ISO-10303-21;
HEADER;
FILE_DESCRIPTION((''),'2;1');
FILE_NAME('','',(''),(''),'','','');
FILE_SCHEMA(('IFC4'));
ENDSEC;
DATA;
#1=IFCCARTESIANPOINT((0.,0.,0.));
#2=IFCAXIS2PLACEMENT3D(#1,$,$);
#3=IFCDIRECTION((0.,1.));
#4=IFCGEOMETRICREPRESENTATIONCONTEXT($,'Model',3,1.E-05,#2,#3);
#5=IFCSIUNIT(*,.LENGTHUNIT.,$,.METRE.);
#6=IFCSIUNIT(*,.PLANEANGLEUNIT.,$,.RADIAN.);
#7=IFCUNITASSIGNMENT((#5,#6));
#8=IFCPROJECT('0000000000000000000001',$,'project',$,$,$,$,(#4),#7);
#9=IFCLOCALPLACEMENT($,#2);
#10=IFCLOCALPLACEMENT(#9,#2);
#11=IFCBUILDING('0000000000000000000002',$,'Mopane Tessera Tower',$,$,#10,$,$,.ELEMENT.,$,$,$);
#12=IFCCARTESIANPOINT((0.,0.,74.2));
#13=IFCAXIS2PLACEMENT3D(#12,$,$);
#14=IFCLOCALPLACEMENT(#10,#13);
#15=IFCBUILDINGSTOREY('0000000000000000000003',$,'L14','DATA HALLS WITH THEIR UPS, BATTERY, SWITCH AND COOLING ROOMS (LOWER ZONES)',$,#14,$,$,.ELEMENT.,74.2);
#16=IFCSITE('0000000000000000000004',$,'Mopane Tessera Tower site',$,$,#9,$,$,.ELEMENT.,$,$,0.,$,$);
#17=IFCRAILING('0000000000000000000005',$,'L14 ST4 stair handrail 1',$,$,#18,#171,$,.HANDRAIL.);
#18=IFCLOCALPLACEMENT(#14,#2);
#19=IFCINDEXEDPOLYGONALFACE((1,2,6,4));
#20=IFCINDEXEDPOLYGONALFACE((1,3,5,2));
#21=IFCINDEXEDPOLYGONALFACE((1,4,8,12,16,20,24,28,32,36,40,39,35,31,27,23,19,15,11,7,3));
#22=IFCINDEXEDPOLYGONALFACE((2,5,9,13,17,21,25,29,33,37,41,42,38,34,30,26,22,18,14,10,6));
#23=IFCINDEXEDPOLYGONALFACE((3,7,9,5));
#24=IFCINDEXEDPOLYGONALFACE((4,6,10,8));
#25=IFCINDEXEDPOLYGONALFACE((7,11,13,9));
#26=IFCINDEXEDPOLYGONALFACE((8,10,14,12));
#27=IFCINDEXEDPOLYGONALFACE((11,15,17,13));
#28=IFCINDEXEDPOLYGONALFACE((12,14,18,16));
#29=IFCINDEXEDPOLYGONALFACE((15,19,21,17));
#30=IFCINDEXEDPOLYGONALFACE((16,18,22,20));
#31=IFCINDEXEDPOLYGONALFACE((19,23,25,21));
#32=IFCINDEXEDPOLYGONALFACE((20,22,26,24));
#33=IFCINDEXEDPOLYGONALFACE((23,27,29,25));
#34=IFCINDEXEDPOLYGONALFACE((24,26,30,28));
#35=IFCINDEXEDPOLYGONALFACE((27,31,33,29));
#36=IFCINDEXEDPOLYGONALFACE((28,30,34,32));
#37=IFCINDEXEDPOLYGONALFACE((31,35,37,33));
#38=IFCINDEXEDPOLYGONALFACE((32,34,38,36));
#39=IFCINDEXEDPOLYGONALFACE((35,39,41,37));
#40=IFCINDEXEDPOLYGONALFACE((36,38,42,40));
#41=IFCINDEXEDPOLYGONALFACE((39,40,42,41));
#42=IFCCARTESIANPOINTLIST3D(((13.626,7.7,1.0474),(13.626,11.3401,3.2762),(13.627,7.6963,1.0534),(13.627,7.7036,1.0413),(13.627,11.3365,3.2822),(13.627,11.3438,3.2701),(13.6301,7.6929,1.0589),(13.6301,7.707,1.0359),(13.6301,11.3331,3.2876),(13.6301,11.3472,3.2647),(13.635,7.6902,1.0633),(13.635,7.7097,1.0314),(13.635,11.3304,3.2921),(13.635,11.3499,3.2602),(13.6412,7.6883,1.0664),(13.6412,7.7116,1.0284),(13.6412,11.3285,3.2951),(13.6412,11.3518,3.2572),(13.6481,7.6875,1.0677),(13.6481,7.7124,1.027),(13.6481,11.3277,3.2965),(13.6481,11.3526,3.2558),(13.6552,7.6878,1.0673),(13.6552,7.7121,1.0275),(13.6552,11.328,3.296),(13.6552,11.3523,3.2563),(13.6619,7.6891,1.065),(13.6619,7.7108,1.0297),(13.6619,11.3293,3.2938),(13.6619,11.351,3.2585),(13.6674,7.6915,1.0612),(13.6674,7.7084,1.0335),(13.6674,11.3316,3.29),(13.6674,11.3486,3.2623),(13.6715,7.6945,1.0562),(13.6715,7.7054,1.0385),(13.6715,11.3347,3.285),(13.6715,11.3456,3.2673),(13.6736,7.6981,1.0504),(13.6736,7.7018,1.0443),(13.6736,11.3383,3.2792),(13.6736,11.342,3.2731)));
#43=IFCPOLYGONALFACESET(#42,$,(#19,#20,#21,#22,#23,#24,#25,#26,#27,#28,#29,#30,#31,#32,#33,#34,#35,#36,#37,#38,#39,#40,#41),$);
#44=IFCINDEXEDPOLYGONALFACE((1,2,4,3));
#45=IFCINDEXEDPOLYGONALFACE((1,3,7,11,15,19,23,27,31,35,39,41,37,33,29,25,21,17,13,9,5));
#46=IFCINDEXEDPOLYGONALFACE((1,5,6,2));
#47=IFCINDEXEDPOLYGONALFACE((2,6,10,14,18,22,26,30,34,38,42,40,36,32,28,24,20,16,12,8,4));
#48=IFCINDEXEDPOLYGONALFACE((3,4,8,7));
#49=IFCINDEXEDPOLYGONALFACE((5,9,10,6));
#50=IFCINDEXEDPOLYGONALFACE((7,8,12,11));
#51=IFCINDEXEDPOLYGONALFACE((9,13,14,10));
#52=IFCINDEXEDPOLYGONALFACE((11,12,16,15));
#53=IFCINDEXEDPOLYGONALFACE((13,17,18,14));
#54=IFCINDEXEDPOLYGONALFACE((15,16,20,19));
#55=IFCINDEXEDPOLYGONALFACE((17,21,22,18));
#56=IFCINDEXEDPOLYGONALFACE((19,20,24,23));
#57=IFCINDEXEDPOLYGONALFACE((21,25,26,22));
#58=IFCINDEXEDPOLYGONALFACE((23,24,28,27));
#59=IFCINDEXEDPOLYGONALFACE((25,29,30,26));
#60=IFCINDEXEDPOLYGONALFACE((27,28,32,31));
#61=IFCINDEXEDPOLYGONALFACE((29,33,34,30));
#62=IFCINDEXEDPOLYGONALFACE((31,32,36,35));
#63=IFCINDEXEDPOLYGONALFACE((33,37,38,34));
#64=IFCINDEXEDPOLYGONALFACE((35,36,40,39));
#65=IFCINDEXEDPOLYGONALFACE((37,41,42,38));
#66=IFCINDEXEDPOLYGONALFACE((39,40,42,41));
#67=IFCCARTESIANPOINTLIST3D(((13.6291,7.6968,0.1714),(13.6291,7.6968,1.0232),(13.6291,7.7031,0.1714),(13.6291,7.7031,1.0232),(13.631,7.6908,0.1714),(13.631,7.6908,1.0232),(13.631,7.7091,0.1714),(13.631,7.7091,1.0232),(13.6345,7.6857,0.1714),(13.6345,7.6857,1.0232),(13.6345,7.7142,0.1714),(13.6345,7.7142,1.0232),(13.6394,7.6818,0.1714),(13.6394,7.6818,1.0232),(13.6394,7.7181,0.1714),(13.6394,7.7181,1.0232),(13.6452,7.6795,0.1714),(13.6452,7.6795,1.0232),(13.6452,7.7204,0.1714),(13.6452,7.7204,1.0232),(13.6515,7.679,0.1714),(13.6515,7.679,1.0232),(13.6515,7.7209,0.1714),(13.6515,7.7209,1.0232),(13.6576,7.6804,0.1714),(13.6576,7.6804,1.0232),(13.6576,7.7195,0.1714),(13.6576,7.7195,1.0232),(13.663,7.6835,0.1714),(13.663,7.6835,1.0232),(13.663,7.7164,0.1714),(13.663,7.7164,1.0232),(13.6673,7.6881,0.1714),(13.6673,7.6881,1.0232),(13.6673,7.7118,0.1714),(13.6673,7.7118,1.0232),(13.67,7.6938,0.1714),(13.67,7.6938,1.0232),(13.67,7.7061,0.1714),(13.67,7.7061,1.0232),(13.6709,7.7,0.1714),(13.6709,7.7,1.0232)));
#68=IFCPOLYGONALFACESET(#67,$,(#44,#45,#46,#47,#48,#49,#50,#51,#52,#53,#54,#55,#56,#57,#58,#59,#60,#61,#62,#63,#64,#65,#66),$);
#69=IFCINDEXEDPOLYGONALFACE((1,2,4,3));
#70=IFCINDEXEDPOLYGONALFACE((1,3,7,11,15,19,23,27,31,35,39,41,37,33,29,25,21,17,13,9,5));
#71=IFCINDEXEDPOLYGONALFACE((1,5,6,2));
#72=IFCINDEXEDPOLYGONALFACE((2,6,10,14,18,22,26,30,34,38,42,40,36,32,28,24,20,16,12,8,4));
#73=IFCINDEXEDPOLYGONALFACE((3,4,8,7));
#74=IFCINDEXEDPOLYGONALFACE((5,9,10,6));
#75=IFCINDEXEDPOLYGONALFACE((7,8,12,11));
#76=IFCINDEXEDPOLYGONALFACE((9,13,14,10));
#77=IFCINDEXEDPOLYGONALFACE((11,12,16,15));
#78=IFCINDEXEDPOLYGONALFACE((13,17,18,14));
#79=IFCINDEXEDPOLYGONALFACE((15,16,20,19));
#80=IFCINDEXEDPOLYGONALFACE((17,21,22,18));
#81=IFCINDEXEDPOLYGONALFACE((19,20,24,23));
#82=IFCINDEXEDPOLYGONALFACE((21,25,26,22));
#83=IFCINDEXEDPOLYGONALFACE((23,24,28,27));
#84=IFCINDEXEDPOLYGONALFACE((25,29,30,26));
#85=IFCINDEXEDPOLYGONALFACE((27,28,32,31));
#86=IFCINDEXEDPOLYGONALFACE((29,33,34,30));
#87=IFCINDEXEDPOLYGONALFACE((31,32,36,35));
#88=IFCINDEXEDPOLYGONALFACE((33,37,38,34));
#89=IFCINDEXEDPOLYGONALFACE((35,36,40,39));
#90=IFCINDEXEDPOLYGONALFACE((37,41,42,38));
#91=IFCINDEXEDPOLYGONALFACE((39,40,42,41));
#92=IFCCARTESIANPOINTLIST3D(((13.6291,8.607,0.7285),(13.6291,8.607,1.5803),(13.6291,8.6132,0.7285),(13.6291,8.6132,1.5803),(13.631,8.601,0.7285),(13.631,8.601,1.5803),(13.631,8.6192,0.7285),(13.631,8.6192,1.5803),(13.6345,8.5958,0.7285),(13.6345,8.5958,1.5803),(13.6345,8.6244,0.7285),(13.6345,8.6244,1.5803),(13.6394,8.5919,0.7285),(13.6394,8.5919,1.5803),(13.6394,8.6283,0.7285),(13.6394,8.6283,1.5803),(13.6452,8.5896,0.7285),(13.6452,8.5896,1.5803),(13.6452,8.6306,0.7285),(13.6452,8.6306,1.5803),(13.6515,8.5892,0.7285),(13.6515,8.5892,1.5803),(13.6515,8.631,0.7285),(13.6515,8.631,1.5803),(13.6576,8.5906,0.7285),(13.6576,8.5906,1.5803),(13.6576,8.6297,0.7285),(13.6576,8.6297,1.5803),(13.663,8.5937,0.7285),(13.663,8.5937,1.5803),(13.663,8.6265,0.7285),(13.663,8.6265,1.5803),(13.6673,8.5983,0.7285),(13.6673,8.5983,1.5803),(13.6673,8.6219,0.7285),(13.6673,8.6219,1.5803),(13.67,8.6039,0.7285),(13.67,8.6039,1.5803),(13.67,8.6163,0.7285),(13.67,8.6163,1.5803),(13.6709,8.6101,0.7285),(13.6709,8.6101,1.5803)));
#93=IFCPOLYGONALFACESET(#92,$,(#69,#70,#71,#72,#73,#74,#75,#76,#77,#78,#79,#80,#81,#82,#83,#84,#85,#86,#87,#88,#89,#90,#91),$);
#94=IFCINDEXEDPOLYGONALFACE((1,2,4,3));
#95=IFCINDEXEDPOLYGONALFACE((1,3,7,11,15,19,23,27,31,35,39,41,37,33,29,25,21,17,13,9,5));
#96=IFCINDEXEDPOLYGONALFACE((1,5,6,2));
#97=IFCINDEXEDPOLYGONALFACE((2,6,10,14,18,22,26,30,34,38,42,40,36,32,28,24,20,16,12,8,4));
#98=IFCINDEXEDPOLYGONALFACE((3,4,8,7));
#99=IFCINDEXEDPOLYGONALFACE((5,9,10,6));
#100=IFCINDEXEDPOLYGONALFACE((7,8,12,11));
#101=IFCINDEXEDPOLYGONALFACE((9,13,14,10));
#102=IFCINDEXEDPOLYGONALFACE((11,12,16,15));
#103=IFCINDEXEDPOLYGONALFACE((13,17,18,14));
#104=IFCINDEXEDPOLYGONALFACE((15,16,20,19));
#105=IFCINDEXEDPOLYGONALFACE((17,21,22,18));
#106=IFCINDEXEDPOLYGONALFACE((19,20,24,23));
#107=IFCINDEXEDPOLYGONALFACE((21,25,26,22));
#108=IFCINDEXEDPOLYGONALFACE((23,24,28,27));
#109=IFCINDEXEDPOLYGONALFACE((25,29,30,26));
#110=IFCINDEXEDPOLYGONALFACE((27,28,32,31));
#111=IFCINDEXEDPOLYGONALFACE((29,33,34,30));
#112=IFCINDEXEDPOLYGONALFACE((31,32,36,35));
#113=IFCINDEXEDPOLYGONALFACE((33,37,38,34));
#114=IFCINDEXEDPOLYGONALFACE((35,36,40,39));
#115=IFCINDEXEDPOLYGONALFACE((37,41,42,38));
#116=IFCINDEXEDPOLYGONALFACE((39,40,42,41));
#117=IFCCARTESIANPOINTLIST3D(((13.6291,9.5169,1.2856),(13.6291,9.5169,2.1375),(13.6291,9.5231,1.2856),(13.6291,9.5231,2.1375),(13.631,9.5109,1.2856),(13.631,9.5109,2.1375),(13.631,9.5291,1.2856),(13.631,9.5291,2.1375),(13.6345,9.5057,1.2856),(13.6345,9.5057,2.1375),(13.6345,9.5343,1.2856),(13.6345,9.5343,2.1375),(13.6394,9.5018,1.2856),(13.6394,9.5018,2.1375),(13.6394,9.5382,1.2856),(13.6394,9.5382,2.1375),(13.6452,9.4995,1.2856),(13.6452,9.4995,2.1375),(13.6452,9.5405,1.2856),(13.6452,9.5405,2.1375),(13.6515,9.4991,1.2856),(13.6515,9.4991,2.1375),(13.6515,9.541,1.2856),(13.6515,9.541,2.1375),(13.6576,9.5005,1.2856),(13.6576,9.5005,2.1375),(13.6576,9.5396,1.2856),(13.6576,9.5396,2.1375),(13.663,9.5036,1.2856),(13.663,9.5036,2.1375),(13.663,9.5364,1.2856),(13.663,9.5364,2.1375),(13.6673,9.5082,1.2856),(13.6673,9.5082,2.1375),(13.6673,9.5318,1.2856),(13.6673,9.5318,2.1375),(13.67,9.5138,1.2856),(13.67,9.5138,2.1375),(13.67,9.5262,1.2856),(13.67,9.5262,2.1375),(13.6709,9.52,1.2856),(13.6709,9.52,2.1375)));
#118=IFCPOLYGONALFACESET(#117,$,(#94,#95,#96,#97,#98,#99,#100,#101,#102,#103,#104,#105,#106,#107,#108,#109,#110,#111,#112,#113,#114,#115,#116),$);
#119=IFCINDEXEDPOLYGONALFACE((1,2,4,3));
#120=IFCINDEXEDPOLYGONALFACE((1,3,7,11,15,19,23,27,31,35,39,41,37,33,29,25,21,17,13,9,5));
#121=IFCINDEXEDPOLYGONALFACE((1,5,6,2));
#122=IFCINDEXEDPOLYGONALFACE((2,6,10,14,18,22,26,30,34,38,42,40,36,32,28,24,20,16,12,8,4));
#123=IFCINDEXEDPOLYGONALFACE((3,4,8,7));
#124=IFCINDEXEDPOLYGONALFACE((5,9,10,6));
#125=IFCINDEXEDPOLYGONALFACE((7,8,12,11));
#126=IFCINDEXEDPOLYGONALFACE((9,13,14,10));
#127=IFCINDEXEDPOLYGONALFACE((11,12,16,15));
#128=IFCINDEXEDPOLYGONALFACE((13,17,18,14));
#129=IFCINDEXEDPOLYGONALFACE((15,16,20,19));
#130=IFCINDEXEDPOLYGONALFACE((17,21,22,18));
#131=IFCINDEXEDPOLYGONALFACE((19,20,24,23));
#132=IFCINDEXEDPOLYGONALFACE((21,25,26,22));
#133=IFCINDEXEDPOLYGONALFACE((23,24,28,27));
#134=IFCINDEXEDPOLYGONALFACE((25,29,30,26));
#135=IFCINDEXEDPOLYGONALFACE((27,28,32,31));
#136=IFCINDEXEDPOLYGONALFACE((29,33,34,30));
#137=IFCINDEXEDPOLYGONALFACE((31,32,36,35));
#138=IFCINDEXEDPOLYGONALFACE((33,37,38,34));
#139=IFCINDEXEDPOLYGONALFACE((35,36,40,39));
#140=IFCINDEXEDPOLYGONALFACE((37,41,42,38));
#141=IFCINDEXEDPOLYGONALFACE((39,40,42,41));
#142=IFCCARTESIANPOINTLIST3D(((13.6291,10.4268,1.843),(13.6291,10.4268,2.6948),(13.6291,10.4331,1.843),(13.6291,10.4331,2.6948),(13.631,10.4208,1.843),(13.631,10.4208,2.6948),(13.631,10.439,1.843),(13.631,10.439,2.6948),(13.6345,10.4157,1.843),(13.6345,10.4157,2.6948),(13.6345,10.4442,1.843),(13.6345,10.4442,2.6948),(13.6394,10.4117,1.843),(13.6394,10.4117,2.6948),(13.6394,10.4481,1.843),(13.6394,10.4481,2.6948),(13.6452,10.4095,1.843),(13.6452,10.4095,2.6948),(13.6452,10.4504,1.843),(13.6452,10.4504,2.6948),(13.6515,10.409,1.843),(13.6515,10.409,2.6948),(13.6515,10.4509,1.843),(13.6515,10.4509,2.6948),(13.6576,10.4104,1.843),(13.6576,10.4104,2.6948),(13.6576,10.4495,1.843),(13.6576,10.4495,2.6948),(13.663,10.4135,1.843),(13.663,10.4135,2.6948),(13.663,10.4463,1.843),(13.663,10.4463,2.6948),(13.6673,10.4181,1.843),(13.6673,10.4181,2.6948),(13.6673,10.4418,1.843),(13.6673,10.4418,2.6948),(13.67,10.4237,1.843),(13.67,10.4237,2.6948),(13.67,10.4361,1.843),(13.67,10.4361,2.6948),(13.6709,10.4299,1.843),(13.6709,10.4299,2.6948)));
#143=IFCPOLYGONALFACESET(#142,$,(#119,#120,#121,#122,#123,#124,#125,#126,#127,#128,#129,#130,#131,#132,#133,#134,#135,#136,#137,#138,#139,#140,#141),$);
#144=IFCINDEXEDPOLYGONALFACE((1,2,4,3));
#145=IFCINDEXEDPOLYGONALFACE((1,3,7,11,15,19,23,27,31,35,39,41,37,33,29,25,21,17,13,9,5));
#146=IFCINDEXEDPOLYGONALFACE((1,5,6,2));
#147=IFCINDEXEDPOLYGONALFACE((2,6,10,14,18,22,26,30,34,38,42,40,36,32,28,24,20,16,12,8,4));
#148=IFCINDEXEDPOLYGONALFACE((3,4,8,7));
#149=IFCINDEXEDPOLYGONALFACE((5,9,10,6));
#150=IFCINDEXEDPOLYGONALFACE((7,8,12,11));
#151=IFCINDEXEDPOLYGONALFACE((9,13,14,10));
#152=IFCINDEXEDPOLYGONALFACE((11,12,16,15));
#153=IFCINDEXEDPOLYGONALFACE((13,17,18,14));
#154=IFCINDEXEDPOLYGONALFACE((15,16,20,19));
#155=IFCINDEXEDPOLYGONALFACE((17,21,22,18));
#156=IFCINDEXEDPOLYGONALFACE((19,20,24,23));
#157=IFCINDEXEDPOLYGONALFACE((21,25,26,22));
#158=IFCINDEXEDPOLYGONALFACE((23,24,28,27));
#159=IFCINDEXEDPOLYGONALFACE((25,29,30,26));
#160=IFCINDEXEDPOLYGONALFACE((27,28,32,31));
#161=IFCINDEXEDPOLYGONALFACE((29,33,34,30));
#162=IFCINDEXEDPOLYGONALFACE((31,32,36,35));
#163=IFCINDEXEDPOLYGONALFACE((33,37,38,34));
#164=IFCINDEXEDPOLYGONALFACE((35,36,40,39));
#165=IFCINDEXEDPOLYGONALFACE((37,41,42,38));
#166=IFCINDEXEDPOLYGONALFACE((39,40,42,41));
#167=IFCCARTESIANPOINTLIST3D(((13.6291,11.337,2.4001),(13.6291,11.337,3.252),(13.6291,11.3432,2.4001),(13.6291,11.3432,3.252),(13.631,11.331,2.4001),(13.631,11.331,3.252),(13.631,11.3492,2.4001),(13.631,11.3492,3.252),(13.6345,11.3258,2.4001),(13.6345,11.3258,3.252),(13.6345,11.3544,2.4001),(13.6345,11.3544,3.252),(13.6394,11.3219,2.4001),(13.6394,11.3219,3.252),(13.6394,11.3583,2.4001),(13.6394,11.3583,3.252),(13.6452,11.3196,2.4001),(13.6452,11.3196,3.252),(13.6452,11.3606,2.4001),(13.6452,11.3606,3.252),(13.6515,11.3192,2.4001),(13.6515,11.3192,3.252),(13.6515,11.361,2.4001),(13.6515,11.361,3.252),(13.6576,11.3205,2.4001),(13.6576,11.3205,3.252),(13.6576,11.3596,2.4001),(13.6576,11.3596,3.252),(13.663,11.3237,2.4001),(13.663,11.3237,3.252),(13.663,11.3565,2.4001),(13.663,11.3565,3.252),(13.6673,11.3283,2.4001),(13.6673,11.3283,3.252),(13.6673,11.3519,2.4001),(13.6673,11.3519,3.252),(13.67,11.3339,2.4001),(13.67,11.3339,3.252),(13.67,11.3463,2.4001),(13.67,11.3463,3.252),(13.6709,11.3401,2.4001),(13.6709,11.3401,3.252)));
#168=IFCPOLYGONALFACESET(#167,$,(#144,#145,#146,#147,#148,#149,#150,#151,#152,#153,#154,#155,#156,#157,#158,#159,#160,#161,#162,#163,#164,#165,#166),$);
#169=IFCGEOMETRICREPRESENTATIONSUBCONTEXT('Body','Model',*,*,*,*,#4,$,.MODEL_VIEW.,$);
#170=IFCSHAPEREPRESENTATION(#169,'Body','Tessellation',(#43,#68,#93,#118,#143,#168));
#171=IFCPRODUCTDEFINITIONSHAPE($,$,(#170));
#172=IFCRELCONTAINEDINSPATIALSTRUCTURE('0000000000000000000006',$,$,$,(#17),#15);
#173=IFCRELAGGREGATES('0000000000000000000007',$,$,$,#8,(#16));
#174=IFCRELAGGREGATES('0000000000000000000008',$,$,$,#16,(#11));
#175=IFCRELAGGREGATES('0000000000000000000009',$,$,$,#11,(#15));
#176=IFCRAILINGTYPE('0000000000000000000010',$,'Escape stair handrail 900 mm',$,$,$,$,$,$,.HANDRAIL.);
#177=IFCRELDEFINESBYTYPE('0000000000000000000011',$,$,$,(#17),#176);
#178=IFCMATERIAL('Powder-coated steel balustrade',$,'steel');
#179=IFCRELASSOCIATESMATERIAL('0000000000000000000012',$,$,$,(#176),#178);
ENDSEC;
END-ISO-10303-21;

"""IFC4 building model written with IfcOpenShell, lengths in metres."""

from ifc_helpers import new_model, si_unit, direction, frame, origin, origin_2d, place, context, subcontext, project, spatial, circle, extrude, material, type_object, element, save


model = new_model("IFC4")

# Units and contexts
model_context = context("Model", 3, precision=1e-05, world=origin(), true_north=direction((0.0, 1.0)))
body_context = subcontext(model_context, "Body", "Model", "MODEL_VIEW")
ifc_project = project(units=[si_unit("LENGTHUNIT", "METRE"), si_unit("PLANEANGLEUNIT", "RADIAN")], contexts=[model_context])

# Site, building, storey
site_placement = place(None, origin())
site = spatial("IfcSite", under=ifc_project, at=site_placement, Name="Mopane Tessera Tower site", CompositionType="ELEMENT", RefElevation=0.0)
building_placement = place(site_placement, origin())
building = spatial("IfcBuilding", under=site, at=building_placement, Name="Mopane Tessera Tower", CompositionType="ELEMENT")
storey_placement = place(building_placement, frame((0.0, 0.0, 74.2)))
storey = spatial("IfcBuildingStorey", under=building, at=storey_placement, Name="L14", Description="DATA HALLS WITH THEIR UPS, BATTERY, SWITCH AND COOLING ROOMS (LOWER ZONES)", CompositionType="ELEMENT", Elevation=74.2)

# Railing
ifc_material_1 = material(Name="Powder-coated steel balustrade", Category="steel")
railing_type = type_object("IfcRailingType", Name="Escape stair handrail 900 mm", PredefinedType="HANDRAIL", material=ifc_material_1)
railing_placement = place(storey_placement, frame((13.6499, 7.7, 0.1714)))
element("IfcRailing", 1, at=railing_placement, inside=storey, type_object=railing_type, Name="L14 ST4 stair handrail 1", PredefinedType="HANDRAIL", context=body_context, shape_type="SweptSolid", body=[
    extrude(circle(Radius=0.0239, at=origin_2d()), frame((0.0, 0.0, 0.876), z_axis=(0.0, 0.85284, 0.522172), x_axis=(-1.0, 0.0, 0.0)), (0.0, 0.0, 1.0), 4.2683),
    extrude(circle(Radius=0.021, at=origin_2d()), origin(), (0.0, 0.0, 1.0), 0.8518),
    extrude(circle(Radius=0.021, at=origin_2d()), frame((0.0, 0.9102, 0.5571)), (0.0, 0.0, 1.0), 0.8518),
    extrude(circle(Radius=0.021, at=origin_2d()), frame((0.0, 1.8201, 1.1143)), (0.0, 0.0, 1.0), 0.8518),
    extrude(circle(Radius=0.021, at=origin_2d()), frame((0.0, 2.73, 1.6716)), (0.0, 0.0, 1.0), 0.8518),
    extrude(circle(Radius=0.021, at=origin_2d()), frame((0.0, 3.6401, 2.2288)), (0.0, 0.0, 1.0), 0.8518),
])

save(model, "model.ifc")
